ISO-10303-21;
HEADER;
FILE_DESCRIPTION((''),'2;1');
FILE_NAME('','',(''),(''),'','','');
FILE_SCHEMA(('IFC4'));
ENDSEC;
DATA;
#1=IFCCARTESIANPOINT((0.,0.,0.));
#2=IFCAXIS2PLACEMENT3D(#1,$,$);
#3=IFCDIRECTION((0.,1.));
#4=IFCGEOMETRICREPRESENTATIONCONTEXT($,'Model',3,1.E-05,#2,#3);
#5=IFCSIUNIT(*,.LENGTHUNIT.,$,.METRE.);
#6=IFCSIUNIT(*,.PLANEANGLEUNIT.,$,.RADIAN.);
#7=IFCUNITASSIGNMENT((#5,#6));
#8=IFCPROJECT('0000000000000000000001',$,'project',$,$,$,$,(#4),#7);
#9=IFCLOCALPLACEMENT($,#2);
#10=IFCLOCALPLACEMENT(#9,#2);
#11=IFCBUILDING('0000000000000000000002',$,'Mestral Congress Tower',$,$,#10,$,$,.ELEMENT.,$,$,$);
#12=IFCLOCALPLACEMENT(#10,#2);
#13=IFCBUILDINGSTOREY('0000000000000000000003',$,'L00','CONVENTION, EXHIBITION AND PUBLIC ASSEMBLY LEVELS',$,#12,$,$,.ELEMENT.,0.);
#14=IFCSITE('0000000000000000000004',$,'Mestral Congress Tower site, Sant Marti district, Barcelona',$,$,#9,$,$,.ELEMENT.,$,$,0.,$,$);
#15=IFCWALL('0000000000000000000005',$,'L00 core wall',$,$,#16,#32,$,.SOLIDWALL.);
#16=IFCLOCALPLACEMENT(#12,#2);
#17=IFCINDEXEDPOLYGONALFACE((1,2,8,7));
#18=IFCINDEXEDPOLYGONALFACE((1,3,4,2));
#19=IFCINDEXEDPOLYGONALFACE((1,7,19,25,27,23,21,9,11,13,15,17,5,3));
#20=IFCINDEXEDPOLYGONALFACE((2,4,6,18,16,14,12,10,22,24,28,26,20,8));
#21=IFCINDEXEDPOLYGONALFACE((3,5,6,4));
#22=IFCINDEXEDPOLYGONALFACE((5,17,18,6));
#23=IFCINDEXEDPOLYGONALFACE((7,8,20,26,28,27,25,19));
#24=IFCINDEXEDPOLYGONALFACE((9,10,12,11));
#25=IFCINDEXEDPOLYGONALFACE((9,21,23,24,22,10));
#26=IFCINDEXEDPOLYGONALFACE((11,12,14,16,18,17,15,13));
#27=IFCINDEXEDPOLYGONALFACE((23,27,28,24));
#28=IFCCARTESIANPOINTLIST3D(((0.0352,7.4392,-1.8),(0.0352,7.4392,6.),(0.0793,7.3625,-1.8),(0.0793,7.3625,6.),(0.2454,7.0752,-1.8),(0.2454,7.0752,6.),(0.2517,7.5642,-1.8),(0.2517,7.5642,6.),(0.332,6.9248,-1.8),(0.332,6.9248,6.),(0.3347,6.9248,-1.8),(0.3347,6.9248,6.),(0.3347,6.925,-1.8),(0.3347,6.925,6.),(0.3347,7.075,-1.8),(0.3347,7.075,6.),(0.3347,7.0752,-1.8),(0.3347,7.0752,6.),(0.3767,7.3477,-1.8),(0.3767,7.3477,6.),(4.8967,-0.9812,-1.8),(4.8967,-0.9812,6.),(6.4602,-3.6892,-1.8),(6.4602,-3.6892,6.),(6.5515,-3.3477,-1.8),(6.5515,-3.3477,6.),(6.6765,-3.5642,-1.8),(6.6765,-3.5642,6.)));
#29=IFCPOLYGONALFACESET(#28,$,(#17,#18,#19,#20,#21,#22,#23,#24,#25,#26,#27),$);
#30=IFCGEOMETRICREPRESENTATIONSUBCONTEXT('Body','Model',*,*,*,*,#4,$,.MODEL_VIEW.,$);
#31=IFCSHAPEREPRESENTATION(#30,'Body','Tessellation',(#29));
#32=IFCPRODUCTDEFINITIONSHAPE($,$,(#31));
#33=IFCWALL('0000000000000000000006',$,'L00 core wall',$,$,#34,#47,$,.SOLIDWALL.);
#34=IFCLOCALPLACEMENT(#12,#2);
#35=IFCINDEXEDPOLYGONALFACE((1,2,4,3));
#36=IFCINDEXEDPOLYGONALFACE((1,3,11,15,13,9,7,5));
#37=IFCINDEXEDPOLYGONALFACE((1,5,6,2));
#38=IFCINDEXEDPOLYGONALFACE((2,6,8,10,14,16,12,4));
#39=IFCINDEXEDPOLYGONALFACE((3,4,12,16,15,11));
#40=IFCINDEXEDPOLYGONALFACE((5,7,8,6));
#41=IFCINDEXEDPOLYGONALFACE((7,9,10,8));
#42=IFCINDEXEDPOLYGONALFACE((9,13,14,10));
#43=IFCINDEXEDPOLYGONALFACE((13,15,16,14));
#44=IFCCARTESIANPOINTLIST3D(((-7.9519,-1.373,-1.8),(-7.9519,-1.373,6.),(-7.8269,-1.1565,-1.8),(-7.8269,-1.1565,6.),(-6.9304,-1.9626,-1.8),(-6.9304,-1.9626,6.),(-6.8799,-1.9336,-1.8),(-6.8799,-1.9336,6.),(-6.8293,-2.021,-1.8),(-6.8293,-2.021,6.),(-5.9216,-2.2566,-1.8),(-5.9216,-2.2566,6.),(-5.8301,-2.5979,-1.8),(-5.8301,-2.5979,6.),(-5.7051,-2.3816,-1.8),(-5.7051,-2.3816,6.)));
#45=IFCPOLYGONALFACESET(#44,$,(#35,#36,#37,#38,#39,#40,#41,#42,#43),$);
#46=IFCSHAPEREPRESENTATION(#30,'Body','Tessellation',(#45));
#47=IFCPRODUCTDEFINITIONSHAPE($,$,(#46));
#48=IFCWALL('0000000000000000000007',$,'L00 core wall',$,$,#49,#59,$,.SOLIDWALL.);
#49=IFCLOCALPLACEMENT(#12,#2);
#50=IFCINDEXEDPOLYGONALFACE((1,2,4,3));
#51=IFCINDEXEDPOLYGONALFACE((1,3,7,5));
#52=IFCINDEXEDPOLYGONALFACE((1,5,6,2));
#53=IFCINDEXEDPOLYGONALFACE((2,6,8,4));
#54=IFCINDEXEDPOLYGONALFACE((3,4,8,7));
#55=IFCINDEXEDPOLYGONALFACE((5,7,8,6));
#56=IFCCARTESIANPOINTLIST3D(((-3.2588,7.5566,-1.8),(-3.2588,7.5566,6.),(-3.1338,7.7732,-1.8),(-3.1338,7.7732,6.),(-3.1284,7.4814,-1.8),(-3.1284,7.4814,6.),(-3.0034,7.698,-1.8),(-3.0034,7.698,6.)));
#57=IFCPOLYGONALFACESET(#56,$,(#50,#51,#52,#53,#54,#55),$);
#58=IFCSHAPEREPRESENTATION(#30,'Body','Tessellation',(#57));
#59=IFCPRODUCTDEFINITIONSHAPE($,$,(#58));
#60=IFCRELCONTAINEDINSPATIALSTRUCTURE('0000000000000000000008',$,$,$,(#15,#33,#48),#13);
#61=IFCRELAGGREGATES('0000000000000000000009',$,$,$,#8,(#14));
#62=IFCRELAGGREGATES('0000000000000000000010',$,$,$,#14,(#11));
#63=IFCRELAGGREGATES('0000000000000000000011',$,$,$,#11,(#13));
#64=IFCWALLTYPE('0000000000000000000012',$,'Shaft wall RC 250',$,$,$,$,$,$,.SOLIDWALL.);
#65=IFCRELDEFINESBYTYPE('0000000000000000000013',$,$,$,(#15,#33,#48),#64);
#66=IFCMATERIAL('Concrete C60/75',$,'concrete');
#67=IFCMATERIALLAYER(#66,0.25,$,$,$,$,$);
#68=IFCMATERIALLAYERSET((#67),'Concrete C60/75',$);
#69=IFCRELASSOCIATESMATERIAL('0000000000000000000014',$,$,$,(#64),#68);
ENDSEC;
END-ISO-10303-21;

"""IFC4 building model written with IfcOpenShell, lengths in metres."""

from ifc_helpers import new_model, si_unit, direction, frame, origin, place, context, subcontext, project, spatial, polyline, outline, extrude, material, layer, layer_set, type_object, element, save


model = new_model("IFC4")

# Units and contexts
model_context = context("Model", 3, precision=1e-05, world=origin(), true_north=direction((0.0, 1.0)))
body_context = subcontext(model_context, "Body", "Model", "MODEL_VIEW")
ifc_project = project(units=[si_unit("LENGTHUNIT", "METRE"), si_unit("PLANEANGLEUNIT", "RADIAN")], contexts=[model_context])

# Site, building, storey
site_placement = place(None, origin())
site = spatial("IfcSite", under=ifc_project, at=site_placement, Name="Mestral Congress Tower site, Sant Marti district, Barcelona", CompositionType="ELEMENT", RefElevation=0.0)
building_placement = place(site_placement, origin())
building = spatial("IfcBuilding", under=site, at=building_placement, Name="Mestral Congress Tower", CompositionType="ELEMENT")
storey_placement = place(building_placement, origin())
storey = spatial("IfcBuildingStorey", under=building, at=storey_placement, Name="L00", Description="CONVENTION, EXHIBITION AND PUBLIC ASSEMBLY LEVELS", CompositionType="ELEMENT", Elevation=0.0)

# Walls
ifc_material_1 = material(Name="Concrete C60/75", Category="concrete")
placement_1 = place(storey_placement, frame((0.0, 0.0, -1.8)))
ifc_layer_1 = layer(ifc_material_1, 0.25)
ifc_layer_set_1 = layer_set([ifc_layer_1], Name="Concrete C60/75")
wall_type_1 = type_object("IfcWallType", Name="Shaft wall RC 250", PredefinedType="SOLIDWALL", material=ifc_layer_set_1)
element("IfcWall", 1, at=placement_1, inside=storey, type_object=wall_type_1, Name="L00 core wall", PredefinedType="SOLIDWALL", context=body_context, shape_type="SweptSolid", body=[
    extrude(outline(polyline([(0.3347, 6.925), (0.3347, 7.075), (0.3347, 7.075), (0.3347, 7.0752), (0.2454, 7.0752), (0.0793, 7.3625), (0.0352, 7.4392), (0.2517, 7.5642), (0.3767, 7.3477), (6.5515, -3.3477), (6.6765, -3.5642), (6.4602, -3.6892), (4.8967, -0.9812), (0.332, 6.9248), (0.3347, 6.9248), (0.3347, 6.925), (0.3347, 6.925)])), origin(), (0.0, 0.0, 1.0), 7.8),
])
element("IfcWall", 2, at=placement_1, inside=storey, type_object=wall_type_1, Name="L00 core wall", PredefinedType="SOLIDWALL", context=body_context, shape_type="SweptSolid", body=[
    extrude(outline(polyline([(-5.9216, -2.2566), (-5.9216, -2.2566), (-5.7051, -2.3816), (-5.8301, -2.5979), (-6.8293, -2.021), (-6.8799, -1.9336), (-6.8799, -1.9336), (-6.9304, -1.9626), (-7.9519, -1.373), (-7.8269, -1.1565), (-5.9216, -2.2566)])), origin(), (0.0, 0.0, 1.0), 7.8),
])
element("IfcWall", 3, at=placement_1, inside=storey, type_object=wall_type_1, Name="L00 core wall", PredefinedType="SOLIDWALL", context=body_context, shape_type="SweptSolid", body=[
    extrude(outline(polyline([(-3.1284, 7.4814), (-3.2588, 7.5566), (-3.1338, 7.7732), (-3.0034, 7.698), (-3.1284, 7.4814)])), origin(), (0.0, 0.0, 1.0), 7.8),
])

save(model, "model.ifc")
